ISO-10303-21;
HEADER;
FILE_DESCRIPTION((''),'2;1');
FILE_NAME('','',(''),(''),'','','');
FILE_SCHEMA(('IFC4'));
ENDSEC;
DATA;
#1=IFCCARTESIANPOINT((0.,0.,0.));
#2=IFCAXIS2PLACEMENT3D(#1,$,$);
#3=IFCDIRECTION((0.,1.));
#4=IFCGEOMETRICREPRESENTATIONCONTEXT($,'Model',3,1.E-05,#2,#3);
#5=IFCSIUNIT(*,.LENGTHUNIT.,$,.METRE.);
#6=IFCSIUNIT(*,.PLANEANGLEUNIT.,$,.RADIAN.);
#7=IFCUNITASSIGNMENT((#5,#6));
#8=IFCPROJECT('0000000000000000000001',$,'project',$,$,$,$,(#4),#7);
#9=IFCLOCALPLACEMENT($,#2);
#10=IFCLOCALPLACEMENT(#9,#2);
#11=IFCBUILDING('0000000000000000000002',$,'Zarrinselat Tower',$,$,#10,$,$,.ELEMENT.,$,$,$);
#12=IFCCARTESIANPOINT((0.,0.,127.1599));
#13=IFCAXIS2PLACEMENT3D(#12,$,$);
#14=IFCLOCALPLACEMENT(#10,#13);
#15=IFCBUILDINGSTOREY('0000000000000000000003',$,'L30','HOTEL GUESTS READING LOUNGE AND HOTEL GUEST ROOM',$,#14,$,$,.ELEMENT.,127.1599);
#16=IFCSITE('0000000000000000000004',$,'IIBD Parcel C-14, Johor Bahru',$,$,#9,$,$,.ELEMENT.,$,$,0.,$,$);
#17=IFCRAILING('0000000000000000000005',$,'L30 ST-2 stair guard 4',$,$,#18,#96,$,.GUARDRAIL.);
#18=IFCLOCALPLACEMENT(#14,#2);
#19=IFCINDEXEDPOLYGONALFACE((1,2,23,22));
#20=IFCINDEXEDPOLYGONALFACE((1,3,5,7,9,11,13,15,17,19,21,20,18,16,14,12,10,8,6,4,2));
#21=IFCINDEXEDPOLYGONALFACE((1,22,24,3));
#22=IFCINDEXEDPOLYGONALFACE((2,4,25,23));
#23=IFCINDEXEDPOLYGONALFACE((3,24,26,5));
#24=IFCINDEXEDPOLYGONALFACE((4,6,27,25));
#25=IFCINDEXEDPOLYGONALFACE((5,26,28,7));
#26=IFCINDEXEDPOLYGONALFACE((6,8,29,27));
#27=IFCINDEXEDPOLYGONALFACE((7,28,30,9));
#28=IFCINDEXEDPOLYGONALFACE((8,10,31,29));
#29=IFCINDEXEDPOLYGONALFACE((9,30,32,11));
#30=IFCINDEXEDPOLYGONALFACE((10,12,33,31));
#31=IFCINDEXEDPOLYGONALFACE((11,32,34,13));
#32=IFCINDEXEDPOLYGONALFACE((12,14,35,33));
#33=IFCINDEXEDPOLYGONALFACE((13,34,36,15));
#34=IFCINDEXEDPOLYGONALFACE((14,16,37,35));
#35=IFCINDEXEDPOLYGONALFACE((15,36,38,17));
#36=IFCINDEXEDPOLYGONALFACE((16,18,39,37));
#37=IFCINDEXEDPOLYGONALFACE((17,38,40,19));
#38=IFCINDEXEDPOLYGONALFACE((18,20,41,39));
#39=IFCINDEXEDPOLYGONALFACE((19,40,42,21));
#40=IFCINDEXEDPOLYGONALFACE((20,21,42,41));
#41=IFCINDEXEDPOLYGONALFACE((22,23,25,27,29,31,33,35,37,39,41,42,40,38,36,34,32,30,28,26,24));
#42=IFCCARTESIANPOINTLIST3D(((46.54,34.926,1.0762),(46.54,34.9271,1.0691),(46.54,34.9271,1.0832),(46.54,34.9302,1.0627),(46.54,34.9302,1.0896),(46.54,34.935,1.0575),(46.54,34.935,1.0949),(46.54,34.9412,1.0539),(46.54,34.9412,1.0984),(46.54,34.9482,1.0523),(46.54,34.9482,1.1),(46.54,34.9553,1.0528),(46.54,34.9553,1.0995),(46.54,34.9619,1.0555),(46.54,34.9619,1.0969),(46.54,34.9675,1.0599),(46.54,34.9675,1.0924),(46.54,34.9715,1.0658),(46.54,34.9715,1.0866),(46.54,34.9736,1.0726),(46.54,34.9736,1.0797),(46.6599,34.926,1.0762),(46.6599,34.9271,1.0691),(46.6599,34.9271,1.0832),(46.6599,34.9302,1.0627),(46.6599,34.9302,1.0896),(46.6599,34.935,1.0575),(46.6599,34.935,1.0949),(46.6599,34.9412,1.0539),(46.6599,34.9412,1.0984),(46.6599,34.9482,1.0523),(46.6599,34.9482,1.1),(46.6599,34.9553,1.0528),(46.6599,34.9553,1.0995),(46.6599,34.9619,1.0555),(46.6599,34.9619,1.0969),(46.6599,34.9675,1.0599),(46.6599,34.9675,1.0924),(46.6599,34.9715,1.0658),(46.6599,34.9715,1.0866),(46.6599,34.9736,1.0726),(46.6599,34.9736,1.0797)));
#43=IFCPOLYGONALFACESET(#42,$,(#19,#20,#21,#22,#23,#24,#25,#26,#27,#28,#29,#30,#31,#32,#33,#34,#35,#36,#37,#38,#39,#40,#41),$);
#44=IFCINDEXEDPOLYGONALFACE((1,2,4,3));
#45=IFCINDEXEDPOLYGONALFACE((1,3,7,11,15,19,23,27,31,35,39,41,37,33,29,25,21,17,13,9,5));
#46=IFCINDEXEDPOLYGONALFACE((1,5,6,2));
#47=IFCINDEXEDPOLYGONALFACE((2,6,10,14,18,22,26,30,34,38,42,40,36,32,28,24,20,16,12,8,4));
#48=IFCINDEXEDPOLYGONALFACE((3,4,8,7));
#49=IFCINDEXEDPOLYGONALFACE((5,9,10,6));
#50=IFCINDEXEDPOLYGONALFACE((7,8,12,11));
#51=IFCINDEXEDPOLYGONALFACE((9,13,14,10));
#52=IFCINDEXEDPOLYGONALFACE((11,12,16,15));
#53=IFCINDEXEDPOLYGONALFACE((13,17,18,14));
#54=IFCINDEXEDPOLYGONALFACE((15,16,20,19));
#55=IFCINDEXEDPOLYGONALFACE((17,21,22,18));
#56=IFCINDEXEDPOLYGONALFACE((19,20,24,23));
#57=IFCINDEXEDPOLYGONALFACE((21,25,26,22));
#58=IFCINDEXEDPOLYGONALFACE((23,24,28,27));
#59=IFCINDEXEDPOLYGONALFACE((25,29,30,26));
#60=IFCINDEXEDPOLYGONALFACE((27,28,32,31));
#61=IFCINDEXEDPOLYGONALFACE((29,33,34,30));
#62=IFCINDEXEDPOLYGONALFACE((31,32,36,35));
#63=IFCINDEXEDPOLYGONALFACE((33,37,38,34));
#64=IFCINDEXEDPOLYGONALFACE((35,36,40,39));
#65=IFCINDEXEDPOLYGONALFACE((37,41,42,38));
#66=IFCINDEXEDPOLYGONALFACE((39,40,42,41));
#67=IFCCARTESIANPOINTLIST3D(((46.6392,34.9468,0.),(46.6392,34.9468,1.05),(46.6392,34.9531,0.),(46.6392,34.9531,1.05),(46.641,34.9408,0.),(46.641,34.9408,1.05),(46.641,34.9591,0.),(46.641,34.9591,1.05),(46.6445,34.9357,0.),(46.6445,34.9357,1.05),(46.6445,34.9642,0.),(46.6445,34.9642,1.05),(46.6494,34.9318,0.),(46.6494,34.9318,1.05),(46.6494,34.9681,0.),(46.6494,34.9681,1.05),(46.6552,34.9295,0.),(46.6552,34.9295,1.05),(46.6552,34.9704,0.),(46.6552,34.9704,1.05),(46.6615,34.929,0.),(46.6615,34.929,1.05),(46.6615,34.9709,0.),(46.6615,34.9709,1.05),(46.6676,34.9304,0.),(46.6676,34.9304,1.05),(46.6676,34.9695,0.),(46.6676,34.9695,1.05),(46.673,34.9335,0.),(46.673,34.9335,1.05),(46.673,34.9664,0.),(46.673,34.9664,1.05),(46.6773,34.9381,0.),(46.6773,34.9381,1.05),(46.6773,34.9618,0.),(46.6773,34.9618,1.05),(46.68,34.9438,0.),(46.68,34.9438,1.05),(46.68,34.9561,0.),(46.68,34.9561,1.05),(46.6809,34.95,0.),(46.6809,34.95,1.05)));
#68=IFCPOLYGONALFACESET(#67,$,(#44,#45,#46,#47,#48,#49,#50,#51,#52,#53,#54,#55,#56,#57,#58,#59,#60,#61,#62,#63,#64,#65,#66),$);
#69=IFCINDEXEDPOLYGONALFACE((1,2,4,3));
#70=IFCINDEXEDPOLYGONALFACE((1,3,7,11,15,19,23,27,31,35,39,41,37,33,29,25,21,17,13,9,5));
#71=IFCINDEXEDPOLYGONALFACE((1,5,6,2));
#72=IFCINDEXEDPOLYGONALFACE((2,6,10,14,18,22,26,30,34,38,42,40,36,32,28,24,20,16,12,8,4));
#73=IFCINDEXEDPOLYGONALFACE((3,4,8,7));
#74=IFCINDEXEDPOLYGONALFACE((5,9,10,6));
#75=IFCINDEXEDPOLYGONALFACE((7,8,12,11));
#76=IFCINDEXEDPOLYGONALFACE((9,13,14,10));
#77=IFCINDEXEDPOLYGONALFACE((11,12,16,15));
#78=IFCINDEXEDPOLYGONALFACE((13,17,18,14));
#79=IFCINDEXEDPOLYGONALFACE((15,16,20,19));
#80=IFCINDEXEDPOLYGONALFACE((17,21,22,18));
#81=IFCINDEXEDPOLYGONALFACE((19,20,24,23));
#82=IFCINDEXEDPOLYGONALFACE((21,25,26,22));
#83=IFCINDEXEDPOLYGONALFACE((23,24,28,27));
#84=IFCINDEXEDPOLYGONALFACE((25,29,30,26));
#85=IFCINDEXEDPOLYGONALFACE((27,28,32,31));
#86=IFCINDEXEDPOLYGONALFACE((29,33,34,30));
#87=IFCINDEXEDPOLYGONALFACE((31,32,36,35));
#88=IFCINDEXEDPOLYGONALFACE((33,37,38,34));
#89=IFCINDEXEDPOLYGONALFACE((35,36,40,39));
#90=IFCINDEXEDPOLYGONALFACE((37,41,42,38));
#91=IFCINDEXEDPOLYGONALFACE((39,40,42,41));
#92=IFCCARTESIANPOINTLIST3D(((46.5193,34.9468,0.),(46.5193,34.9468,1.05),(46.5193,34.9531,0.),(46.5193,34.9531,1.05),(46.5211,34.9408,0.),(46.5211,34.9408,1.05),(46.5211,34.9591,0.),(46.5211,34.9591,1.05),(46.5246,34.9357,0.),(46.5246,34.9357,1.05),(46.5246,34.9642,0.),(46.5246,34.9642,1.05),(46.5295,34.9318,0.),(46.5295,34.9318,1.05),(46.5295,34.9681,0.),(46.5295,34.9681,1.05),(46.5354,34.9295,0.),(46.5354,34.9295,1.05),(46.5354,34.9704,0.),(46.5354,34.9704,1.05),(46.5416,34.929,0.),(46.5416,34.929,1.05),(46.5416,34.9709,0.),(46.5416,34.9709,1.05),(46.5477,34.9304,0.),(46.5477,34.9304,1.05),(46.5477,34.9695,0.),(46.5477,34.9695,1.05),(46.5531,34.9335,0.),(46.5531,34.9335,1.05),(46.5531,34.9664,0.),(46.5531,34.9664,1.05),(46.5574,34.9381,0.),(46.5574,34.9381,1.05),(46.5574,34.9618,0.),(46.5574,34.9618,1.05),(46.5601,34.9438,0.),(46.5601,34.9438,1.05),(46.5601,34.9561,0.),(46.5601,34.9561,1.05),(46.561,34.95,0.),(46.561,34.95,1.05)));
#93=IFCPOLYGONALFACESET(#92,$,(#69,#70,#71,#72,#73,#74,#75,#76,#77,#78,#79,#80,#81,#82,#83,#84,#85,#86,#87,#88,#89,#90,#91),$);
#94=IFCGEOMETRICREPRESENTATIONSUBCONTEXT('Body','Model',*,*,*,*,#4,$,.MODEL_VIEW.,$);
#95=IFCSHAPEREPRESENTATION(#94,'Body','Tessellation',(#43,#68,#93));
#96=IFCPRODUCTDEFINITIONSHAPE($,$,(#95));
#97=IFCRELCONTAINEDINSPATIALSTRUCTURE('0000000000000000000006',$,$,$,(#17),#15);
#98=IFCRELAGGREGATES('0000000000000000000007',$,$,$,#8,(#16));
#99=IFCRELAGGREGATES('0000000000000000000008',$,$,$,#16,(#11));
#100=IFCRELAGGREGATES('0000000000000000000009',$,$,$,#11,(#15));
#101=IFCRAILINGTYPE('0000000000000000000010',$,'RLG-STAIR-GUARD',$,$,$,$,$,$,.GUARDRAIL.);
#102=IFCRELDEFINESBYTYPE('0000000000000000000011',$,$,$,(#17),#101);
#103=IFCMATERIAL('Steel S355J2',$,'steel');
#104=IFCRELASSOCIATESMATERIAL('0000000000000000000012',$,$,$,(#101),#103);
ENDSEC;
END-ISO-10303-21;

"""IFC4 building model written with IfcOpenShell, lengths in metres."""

from ifc_helpers import new_model, si_unit, direction, frame, origin, origin_2d, place, context, subcontext, project, spatial, circle, extrude, material, type_object, element, save


model = new_model("IFC4")

# Units and contexts
model_context = context("Model", 3, precision=1e-05, world=origin(), true_north=direction((0.0, 1.0)))
body_context = subcontext(model_context, "Body", "Model", "MODEL_VIEW")
ifc_project = project(units=[si_unit("LENGTHUNIT", "METRE"), si_unit("PLANEANGLEUNIT", "RADIAN")], contexts=[model_context])

# Site, building, storey
site_placement = place(None, origin())
site = spatial("IfcSite", under=ifc_project, at=site_placement, Name="IIBD Parcel C-14, Johor Bahru", CompositionType="ELEMENT", RefElevation=0.0)
building_placement = place(site_placement, origin())
building = spatial("IfcBuilding", under=site, at=building_placement, Name="Zarrinselat Tower", CompositionType="ELEMENT")
storey_placement = place(building_placement, frame((0.0, 0.0, 127.1599)))
storey = spatial("IfcBuildingStorey", under=building, at=storey_placement, Name="L30", Description="HOTEL GUESTS READING LOUNGE AND HOTEL GUEST ROOM", CompositionType="ELEMENT", Elevation=127.1599)

# Railing
ifc_material_1 = material(Name="Steel S355J2", Category="steel")
railing_type_1 = type_object("IfcRailingType", Name="RLG-STAIR-GUARD", PredefinedType="GUARDRAIL", material=ifc_material_1)
railing_1_placement = place(storey_placement, frame((46.6599, 34.95, 0.0)))
element("IfcRailing", 1, at=railing_1_placement, inside=storey, type_object=railing_type_1, Name="L30 ST-2 stair guard 4", PredefinedType="GUARDRAIL", context=body_context, shape_type="SweptSolid", body=[
    extrude(circle(Radius=0.0239, at=origin_2d()), frame((0.0, 0.0, 1.0762), z_axis=(-1.0, 0.0, 0.0), x_axis=(0.0, -1.0, 0.0)), (0.0, 0.0, 1.0), 0.1199),
    extrude(circle(Radius=0.021, at=origin_2d()), origin(), (0.0, 0.0, 1.0), 1.05),
    extrude(circle(Radius=0.021, at=origin_2d()), frame((-0.1199, 0.0, 0.0)), (0.0, 0.0, 1.0), 1.05),
])

save(model, "model.ifc")
